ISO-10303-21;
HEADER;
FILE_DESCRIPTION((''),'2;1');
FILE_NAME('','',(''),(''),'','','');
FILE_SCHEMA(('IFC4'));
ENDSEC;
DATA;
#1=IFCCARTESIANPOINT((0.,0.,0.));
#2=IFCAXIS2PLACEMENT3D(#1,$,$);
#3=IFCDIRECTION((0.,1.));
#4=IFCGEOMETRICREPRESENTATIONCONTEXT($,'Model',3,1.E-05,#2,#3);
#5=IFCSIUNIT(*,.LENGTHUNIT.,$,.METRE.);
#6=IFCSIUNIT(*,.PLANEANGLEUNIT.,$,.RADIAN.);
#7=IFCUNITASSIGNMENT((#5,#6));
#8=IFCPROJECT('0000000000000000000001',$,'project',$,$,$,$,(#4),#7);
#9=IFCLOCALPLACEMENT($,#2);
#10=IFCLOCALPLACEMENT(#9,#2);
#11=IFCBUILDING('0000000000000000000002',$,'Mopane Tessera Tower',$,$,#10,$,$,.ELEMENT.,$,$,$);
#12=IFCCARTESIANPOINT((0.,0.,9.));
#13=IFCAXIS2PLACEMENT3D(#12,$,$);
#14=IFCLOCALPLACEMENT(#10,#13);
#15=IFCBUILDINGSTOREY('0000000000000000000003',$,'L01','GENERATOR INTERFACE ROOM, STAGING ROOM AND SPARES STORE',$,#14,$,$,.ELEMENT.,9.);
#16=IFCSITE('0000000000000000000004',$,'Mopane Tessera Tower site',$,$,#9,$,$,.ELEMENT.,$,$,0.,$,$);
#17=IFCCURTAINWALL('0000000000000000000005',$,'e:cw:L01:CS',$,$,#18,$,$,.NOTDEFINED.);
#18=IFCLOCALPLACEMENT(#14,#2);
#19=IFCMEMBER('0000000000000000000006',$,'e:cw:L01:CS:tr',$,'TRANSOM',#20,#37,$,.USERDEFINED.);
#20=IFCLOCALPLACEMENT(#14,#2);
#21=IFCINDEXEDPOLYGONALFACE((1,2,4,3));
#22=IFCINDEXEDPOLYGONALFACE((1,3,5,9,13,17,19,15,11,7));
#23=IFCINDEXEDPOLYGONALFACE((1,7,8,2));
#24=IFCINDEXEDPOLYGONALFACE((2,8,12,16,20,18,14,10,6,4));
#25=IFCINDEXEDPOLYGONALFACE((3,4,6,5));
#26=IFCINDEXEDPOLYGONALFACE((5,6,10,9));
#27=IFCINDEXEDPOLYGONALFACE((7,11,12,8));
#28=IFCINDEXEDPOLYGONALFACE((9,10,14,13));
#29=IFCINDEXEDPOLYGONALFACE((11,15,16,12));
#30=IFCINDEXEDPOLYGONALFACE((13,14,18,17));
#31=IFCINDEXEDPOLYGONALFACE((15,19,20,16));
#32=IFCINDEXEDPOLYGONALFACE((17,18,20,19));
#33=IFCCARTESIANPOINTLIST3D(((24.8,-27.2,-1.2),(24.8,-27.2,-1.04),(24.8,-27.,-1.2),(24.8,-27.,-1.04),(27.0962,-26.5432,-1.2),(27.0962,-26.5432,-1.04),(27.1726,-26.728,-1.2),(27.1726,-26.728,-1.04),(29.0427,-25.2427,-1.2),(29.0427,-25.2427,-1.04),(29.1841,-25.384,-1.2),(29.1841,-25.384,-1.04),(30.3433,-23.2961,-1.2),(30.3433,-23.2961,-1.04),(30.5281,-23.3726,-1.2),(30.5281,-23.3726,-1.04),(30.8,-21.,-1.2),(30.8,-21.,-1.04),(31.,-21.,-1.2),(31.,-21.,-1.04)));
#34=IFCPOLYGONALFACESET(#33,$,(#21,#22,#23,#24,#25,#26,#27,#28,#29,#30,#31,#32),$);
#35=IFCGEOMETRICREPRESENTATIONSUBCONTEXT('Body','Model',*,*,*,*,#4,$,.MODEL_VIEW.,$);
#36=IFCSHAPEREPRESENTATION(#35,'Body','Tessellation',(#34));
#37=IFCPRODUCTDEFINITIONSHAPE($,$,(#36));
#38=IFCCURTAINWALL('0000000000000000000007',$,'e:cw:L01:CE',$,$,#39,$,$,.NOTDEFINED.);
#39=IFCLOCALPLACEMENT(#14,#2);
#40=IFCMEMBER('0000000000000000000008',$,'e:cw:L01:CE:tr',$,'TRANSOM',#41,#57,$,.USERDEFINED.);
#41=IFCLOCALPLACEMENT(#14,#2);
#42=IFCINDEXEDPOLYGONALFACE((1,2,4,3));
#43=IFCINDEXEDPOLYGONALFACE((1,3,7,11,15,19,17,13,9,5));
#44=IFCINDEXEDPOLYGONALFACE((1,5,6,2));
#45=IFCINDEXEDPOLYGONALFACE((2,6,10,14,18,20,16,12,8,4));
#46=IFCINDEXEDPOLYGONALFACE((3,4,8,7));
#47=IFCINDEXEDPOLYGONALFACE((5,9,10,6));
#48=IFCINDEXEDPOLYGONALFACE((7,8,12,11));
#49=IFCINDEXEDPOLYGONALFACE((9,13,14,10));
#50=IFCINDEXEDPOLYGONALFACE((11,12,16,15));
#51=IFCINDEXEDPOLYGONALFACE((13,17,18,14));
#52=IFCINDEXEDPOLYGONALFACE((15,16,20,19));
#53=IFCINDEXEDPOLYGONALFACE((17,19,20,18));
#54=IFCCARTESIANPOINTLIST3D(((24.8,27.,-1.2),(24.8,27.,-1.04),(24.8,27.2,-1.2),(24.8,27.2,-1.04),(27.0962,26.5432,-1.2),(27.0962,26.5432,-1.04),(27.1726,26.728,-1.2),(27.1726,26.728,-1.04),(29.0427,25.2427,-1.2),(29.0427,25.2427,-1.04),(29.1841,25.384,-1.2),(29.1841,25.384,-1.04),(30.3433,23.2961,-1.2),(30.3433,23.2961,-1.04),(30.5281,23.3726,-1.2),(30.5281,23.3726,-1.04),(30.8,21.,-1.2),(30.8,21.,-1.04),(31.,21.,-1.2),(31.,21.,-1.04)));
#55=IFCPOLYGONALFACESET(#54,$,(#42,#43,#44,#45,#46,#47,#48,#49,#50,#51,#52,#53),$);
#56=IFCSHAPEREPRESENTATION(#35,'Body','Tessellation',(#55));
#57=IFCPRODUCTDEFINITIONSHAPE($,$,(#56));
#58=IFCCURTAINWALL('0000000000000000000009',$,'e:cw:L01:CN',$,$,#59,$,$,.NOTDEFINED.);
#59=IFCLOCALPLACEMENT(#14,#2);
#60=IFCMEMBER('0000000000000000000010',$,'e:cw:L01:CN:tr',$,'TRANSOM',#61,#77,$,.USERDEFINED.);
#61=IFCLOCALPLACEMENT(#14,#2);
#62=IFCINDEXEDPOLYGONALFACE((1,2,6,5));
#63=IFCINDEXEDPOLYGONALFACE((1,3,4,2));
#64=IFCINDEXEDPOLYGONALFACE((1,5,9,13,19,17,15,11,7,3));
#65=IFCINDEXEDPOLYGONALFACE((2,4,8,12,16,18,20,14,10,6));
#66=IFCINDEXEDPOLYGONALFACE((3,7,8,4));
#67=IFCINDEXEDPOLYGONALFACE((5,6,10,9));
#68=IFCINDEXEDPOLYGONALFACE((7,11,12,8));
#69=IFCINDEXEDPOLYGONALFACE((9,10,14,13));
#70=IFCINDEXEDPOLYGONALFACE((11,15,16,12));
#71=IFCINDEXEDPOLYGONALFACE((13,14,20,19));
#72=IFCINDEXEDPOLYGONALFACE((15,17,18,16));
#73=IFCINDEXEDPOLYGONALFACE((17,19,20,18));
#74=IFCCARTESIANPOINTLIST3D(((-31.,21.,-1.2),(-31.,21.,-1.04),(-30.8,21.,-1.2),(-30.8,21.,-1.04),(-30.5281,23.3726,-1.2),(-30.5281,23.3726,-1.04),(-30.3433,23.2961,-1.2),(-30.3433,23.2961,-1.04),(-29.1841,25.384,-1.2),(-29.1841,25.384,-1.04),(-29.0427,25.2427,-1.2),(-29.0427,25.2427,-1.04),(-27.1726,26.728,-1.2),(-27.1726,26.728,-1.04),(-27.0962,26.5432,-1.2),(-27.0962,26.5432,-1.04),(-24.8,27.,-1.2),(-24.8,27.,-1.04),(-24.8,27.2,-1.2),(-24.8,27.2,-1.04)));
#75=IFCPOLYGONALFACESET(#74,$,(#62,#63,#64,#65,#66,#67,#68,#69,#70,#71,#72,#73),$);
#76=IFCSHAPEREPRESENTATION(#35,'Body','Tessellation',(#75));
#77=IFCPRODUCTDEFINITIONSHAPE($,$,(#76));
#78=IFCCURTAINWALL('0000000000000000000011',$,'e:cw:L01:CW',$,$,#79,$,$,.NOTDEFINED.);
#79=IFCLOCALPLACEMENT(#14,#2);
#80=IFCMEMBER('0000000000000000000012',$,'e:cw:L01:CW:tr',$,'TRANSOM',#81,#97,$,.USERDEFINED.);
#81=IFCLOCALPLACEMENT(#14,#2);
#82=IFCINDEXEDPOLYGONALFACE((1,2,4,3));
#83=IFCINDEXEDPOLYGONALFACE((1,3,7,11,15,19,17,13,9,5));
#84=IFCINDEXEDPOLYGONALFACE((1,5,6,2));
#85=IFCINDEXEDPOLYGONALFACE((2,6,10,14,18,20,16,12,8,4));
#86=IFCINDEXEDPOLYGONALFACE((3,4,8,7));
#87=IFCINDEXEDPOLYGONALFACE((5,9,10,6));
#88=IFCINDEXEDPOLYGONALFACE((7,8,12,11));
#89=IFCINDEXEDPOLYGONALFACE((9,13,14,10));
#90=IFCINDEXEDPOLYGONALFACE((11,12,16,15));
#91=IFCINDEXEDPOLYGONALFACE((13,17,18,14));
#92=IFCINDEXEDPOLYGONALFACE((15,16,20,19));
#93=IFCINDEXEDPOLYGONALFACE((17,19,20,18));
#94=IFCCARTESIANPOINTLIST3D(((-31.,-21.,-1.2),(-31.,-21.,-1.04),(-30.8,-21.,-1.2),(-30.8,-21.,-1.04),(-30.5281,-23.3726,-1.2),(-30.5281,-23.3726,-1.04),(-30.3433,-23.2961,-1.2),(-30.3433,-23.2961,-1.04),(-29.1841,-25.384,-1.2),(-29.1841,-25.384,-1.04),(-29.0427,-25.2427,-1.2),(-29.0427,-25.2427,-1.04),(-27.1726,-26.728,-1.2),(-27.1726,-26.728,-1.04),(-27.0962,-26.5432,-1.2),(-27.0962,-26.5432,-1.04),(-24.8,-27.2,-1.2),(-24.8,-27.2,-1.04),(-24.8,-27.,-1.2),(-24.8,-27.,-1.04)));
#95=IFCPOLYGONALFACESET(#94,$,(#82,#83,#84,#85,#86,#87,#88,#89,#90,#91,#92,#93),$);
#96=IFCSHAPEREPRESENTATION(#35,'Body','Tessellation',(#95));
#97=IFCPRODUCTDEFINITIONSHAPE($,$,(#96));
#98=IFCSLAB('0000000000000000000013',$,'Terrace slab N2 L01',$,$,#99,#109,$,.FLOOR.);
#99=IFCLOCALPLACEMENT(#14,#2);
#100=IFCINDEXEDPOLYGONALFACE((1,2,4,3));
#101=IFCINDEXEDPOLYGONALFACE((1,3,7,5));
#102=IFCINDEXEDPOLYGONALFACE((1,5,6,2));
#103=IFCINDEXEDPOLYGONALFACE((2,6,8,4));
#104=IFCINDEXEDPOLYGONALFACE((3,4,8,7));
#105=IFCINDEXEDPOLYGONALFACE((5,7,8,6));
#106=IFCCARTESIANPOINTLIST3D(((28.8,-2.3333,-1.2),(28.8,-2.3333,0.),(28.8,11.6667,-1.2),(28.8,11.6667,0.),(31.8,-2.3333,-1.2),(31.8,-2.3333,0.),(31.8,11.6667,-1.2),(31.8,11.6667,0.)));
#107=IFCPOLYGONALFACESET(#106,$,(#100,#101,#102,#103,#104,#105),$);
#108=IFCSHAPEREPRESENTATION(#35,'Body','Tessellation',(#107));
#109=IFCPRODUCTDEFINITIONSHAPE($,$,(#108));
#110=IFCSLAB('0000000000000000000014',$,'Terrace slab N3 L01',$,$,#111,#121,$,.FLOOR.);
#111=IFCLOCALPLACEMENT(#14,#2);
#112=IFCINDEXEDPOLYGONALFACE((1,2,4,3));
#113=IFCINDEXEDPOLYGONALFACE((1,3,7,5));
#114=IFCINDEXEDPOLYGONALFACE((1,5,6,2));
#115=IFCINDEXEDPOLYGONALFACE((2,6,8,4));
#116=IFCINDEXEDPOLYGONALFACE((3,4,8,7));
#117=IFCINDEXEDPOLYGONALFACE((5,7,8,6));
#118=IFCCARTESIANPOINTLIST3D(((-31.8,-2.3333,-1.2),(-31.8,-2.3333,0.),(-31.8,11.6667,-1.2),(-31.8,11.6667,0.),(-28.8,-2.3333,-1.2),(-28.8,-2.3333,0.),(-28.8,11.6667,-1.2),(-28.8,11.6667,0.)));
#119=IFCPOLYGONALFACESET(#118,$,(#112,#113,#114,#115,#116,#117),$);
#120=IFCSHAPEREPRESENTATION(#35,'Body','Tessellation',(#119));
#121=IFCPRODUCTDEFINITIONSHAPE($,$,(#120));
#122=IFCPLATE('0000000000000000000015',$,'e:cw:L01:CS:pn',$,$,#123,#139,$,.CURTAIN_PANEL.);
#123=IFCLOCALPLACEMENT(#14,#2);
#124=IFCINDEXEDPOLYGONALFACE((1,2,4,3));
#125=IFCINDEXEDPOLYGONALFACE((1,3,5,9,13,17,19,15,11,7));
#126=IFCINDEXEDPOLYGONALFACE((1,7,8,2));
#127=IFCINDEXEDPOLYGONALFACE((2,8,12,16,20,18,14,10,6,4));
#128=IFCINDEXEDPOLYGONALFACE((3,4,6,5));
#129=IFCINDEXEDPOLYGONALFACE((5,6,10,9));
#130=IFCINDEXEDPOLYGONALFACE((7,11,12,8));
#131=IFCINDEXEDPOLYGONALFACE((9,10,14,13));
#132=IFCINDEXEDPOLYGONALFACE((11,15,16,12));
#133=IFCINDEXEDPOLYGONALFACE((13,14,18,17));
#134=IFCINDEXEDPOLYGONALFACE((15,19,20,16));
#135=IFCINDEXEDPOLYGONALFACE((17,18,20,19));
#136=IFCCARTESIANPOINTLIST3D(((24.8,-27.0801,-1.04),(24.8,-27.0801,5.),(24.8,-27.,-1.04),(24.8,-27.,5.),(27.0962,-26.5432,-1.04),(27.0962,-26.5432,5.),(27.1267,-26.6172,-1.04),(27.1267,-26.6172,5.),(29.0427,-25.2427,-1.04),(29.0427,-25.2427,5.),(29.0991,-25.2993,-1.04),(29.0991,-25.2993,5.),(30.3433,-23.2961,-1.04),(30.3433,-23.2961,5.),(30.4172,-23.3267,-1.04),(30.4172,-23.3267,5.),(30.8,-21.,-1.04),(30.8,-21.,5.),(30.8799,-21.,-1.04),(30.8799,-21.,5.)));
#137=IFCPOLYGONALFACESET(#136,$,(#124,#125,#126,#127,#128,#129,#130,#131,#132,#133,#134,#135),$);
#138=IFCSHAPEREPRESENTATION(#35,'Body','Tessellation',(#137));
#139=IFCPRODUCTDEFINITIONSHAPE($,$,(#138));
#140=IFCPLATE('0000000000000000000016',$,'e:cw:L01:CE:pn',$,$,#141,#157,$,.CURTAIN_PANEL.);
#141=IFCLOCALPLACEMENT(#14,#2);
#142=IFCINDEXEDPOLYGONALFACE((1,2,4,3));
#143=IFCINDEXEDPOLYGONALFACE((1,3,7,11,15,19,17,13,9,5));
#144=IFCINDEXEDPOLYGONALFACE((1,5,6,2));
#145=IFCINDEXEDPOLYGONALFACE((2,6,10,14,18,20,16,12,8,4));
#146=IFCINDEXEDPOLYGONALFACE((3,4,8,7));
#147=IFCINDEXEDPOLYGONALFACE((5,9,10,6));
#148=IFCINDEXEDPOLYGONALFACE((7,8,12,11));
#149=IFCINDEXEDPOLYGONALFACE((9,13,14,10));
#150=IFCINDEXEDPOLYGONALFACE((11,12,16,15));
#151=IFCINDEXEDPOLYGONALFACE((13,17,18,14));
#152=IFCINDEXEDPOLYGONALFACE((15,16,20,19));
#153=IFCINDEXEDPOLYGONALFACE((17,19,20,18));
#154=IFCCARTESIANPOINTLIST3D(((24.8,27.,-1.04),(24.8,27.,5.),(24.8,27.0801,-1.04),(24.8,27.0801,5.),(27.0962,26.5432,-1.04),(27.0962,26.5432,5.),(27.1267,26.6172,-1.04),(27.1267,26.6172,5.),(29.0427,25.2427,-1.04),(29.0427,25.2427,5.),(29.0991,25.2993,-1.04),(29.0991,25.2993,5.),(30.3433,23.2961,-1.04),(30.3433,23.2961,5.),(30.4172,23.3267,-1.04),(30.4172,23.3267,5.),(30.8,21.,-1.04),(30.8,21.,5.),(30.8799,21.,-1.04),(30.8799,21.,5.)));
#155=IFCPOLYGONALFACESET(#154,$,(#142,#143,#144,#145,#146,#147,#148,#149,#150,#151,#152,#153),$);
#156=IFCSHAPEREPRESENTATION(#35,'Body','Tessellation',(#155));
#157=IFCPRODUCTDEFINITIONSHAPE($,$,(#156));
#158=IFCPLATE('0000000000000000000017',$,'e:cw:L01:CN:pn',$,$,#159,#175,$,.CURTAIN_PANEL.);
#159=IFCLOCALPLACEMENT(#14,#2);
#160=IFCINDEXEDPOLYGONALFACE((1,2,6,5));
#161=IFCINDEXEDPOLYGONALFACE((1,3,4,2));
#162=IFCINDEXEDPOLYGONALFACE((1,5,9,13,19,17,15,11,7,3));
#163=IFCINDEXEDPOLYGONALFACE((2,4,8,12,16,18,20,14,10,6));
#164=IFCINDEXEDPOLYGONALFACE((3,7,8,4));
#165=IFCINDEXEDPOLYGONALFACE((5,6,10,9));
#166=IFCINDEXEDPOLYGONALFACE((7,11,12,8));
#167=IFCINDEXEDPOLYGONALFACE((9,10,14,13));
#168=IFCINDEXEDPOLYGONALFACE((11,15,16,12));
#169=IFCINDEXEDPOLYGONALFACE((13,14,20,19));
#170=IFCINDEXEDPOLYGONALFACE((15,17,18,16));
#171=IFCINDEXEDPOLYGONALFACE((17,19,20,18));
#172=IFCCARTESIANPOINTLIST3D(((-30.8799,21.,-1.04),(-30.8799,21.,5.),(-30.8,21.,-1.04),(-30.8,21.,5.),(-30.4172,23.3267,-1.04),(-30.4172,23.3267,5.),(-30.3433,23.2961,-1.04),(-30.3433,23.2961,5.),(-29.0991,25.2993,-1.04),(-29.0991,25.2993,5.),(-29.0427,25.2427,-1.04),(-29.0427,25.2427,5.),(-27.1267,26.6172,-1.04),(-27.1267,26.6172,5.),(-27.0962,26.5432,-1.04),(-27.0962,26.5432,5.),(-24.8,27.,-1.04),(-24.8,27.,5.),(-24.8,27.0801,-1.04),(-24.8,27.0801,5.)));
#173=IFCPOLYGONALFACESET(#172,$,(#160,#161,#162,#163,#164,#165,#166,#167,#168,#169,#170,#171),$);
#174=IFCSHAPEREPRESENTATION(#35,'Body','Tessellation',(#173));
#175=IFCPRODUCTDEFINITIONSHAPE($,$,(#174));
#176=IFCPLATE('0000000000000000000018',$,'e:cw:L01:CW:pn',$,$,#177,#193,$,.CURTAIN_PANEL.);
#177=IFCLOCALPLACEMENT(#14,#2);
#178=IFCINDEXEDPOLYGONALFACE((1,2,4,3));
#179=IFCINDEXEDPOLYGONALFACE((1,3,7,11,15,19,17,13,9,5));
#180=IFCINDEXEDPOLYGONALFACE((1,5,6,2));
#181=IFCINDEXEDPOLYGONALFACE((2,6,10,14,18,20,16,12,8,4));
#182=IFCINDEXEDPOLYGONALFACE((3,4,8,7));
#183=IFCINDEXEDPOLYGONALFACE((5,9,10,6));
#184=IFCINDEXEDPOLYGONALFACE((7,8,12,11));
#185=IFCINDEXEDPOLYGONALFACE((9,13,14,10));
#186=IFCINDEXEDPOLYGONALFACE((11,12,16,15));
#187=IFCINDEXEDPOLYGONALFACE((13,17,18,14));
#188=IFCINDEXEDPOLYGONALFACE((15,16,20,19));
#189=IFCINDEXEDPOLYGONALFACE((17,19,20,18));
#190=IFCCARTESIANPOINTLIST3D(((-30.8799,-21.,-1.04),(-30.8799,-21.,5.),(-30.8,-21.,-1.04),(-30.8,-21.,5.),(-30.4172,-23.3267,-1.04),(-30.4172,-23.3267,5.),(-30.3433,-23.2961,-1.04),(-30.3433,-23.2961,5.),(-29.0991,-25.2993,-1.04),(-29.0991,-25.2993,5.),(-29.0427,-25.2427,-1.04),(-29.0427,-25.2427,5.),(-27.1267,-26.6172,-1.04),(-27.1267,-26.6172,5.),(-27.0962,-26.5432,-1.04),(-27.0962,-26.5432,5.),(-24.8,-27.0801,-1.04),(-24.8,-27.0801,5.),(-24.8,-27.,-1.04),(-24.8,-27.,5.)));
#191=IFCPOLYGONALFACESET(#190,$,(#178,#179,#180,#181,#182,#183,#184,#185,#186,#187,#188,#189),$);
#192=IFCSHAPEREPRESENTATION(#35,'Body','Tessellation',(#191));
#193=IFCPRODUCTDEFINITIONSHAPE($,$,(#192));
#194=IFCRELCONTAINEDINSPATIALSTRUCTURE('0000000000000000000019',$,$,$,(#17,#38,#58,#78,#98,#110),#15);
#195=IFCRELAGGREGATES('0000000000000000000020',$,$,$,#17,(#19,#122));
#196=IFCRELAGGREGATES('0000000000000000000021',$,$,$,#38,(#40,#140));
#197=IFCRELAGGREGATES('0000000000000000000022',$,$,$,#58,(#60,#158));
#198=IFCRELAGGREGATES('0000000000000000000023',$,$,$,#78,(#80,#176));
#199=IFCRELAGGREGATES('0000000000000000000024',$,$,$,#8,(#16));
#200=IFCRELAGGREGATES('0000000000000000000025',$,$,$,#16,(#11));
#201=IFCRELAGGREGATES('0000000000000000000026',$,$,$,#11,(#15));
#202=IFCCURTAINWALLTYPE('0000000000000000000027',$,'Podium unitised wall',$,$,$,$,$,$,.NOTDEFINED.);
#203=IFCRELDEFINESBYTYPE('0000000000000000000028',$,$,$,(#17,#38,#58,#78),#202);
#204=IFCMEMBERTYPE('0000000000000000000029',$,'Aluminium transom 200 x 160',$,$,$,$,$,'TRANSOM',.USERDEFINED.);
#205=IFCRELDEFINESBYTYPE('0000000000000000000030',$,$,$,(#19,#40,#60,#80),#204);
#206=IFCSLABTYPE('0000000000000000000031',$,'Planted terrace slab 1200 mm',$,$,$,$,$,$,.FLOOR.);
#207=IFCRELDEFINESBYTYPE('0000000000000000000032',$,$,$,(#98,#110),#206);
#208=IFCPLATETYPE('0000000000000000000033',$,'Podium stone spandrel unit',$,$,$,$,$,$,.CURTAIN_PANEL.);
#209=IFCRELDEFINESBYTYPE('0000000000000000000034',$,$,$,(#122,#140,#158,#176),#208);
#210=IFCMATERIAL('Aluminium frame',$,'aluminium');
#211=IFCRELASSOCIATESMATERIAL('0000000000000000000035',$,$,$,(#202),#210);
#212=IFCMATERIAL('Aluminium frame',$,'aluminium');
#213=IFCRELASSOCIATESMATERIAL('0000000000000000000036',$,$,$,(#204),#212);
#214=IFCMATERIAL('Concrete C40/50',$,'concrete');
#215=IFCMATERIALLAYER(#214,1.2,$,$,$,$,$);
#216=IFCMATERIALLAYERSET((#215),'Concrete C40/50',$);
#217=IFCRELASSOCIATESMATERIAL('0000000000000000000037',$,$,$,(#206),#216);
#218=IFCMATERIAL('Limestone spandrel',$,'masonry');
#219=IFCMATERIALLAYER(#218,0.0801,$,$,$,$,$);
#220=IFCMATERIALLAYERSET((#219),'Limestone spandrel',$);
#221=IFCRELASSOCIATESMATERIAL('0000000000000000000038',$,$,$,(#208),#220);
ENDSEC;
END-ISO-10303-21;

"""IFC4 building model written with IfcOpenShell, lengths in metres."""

from ifc_helpers import new_model, si_unit, direction, frame, origin, origin_2d, place, context, subcontext, project, spatial, polyline, rectangle, outline, extrude, material, layer, layer_set, material_profile, profile_set, type_object, element, aggregate, save


model = new_model("IFC4")

# Units and contexts
model_context = context("Model", 3, precision=1e-05, world=origin(), true_north=direction((0.0, 1.0)))
body_context = subcontext(model_context, "Body", "Model", "MODEL_VIEW")
ifc_project = project(units=[si_unit("LENGTHUNIT", "METRE"), si_unit("PLANEANGLEUNIT", "RADIAN")], contexts=[model_context])

# Site, building, storey
site_placement = place(None, origin())
site = spatial("IfcSite", under=ifc_project, at=site_placement, Name="Mopane Tessera Tower site", CompositionType="ELEMENT", RefElevation=0.0)
building_placement = place(site_placement, origin())
building = spatial("IfcBuilding", under=site, at=building_placement, Name="Mopane Tessera Tower", CompositionType="ELEMENT")
storey_placement = place(building_placement, frame((0.0, 0.0, 9.0)))
storey = spatial("IfcBuildingStorey", under=building, at=storey_placement, Name="L01", Description="GENERATOR INTERFACE ROOM, STAGING ROOM AND SPARES STORE", CompositionType="ELEMENT", Elevation=9.0)

# Curtain walls, members
ifc_material_1 = material(Name="Aluminium frame", Category="aluminium")
curtain_wall_type = type_object("IfcCurtainWallType", Name="Podium unitised wall", PredefinedType="NOTDEFINED", material=ifc_material_1)
curtain_wall_1_placement = place(storey_placement, origin())
curtain_wall_1 = element("IfcCurtainWall", 1, at=curtain_wall_1_placement, inside=storey, type_object=curtain_wall_type, Name="e:cw:L01:CS", PredefinedType="NOTDEFINED")
ifc_material_2 = material(Name="Aluminium frame", Category="aluminium")
ifc_material_profile = material_profile(ifc_material_2, rectangle(XDim=0.2, YDim=0.1599, at=origin_2d()))
ifc_profile_set = profile_set([ifc_material_profile], Name="Aluminium frame")
member_type = type_object("IfcMemberType", Name="Aluminium transom 200 x 160", ElementType="TRANSOM", PredefinedType="USERDEFINED", material=ifc_profile_set)
member_1_placement = place(storey_placement, frame((0.0, 0.0, -1.2)))
member_1 = element("IfcMember", 2, at=member_1_placement, type_object=member_type, Name="e:cw:L01:CS:tr", ObjectType="TRANSOM", PredefinedType="USERDEFINED", context=body_context, shape_type="SweptSolid", body=[
    extrude(outline(polyline([(24.8, -27.0), (27.0962, -26.5432), (29.0427, -25.2427), (30.3433, -23.2961), (30.8, -21.0), (31.0, -21.0), (30.5281, -23.3726), (29.1841, -25.384), (27.1726, -26.728), (24.8, -27.2), (24.8, -27.0)])), origin(), (0.0, 0.0, 1.0), 0.1599),
])
curtain_wall_2_placement = place(storey_placement, origin())
curtain_wall_2 = element("IfcCurtainWall", 3, at=curtain_wall_2_placement, inside=storey, type_object=curtain_wall_type, Name="e:cw:L01:CE", PredefinedType="NOTDEFINED")
member_2_placement = place(storey_placement, frame((0.0, 0.0, -1.2)))
member_2 = element("IfcMember", 4, at=member_2_placement, type_object=member_type, Name="e:cw:L01:CE:tr", ObjectType="TRANSOM", PredefinedType="USERDEFINED", context=body_context, shape_type="SweptSolid", body=[
    extrude(outline(polyline([(30.8, 21.0), (30.3433, 23.2961), (29.0427, 25.2427), (27.0962, 26.5432), (24.8, 27.0), (24.8, 27.2), (27.1726, 26.728), (29.1841, 25.384), (30.5281, 23.3726), (31.0, 21.0), (30.8, 21.0)])), origin(), (0.0, 0.0, 1.0), 0.1599),
])
curtain_wall_3_placement = place(storey_placement, origin())
curtain_wall_3 = element("IfcCurtainWall", 5, at=curtain_wall_3_placement, inside=storey, type_object=curtain_wall_type, Name="e:cw:L01:CN", PredefinedType="NOTDEFINED")
member_3_placement = place(storey_placement, frame((0.0, 0.0, -1.2)))
member_3 = element("IfcMember", 6, at=member_3_placement, type_object=member_type, Name="e:cw:L01:CN:tr", ObjectType="TRANSOM", PredefinedType="USERDEFINED", context=body_context, shape_type="SweptSolid", body=[
    extrude(outline(polyline([(-24.8, 27.0), (-27.0962, 26.5432), (-29.0427, 25.2427), (-30.3433, 23.2961), (-30.8, 21.0), (-31.0, 21.0), (-30.5281, 23.3726), (-29.1841, 25.384), (-27.1726, 26.728), (-24.8, 27.2), (-24.8, 27.0)])), origin(), (0.0, 0.0, 1.0), 0.1599),
])
curtain_wall_4_placement = place(storey_placement, origin())
curtain_wall_4 = element("IfcCurtainWall", 7, at=curtain_wall_4_placement, inside=storey, type_object=curtain_wall_type, Name="e:cw:L01:CW", PredefinedType="NOTDEFINED")
member_4_placement = place(storey_placement, frame((0.0, 0.0, -1.2)))
member_4 = element("IfcMember", 8, at=member_4_placement, type_object=member_type, Name="e:cw:L01:CW:tr", ObjectType="TRANSOM", PredefinedType="USERDEFINED", context=body_context, shape_type="SweptSolid", body=[
    extrude(outline(polyline([(-30.8, -21.0), (-30.3433, -23.2961), (-29.0427, -25.2427), (-27.0962, -26.5432), (-24.8, -27.0), (-24.8, -27.2), (-27.1726, -26.728), (-29.1841, -25.384), (-30.5281, -23.3726), (-31.0, -21.0), (-30.8, -21.0)])), origin(), (0.0, 0.0, 1.0), 0.1599),
])

# Slabs
ifc_material_3 = material(Name="Concrete C40/50", Category="concrete")
ifc_layer_1 = layer(ifc_material_3, 1.2)
ifc_layer_set_1 = layer_set([ifc_layer_1], Name="Concrete C40/50")
slab_type = type_object("IfcSlabType", Name="Planted terrace slab 1200 mm", PredefinedType="FLOOR", material=ifc_layer_set_1)
slab_1_placement = place(storey_placement, frame((0.0, 0.0, -1.2)))
element("IfcSlab", 9, at=slab_1_placement, inside=storey, type_object=slab_type, Name="Terrace slab N2 L01", PredefinedType="FLOOR", context=body_context, shape_type="SweptSolid", body=[
    extrude(outline(polyline([(31.8, 11.6667), (28.8, 11.6667), (28.8, -2.3333), (31.8, -2.3333), (31.8, 11.6667)])), origin(), (0.0, 0.0, 1.0), 1.2),
])
slab_2_placement = place(storey_placement, frame((0.0, 0.0, -1.2)))
element("IfcSlab", 10, at=slab_2_placement, inside=storey, type_object=slab_type, Name="Terrace slab N3 L01", PredefinedType="FLOOR", context=body_context, shape_type="SweptSolid", body=[
    extrude(outline(polyline([(-31.8, -2.3333), (-28.8, -2.3333), (-28.8, 11.6667), (-31.8, 11.6667), (-31.8, -2.3333)])), origin(), (0.0, 0.0, 1.0), 1.2),
])

# Plates
ifc_material_4 = material(Name="Limestone spandrel", Category="masonry")
ifc_layer_2 = layer(ifc_material_4, 0.0801)
ifc_layer_set_2 = layer_set([ifc_layer_2], Name="Limestone spandrel")
plate_type = type_object("IfcPlateType", Name="Podium stone spandrel unit", PredefinedType="CURTAIN_PANEL", material=ifc_layer_set_2)
plate_1_placement = place(storey_placement, frame((0.0, 0.0, -1.04)))
plate_1 = element("IfcPlate", 11, at=plate_1_placement, type_object=plate_type, Name="e:cw:L01:CS:pn", PredefinedType="CURTAIN_PANEL", context=body_context, shape_type="SweptSolid", body=[
    extrude(outline(polyline([(24.8, -27.0), (27.0962, -26.5432), (29.0427, -25.2427), (30.3433, -23.2961), (30.8, -21.0), (30.8799, -21.0), (30.4172, -23.3267), (29.0991, -25.2993), (27.1267, -26.6172), (24.8, -27.0801), (24.8, -27.0)])), origin(), (0.0, 0.0, 1.0), 6.04),
])
aggregate(curtain_wall_1, [member_1, plate_1])
plate_2_placement = place(storey_placement, frame((0.0, 0.0, -1.04)))
plate_2 = element("IfcPlate", 12, at=plate_2_placement, type_object=plate_type, Name="e:cw:L01:CE:pn", PredefinedType="CURTAIN_PANEL", context=body_context, shape_type="SweptSolid", body=[
    extrude(outline(polyline([(30.8, 21.0), (30.3433, 23.2961), (29.0427, 25.2427), (27.0962, 26.5432), (24.8, 27.0), (24.8, 27.0801), (27.1267, 26.6172), (29.0991, 25.2993), (30.4172, 23.3267), (30.8799, 21.0), (30.8, 21.0)])), origin(), (0.0, 0.0, 1.0), 6.04),
])
aggregate(curtain_wall_2, [member_2, plate_2])
plate_3_placement = place(storey_placement, frame((0.0, 0.0, -1.04)))
plate_3 = element("IfcPlate", 13, at=plate_3_placement, type_object=plate_type, Name="e:cw:L01:CN:pn", PredefinedType="CURTAIN_PANEL", context=body_context, shape_type="SweptSolid", body=[
    extrude(outline(polyline([(-24.8, 27.0), (-27.0962, 26.5432), (-29.0427, 25.2427), (-30.3433, 23.2961), (-30.8, 21.0), (-30.8799, 21.0), (-30.4172, 23.3267), (-29.0991, 25.2993), (-27.1267, 26.6172), (-24.8, 27.0801), (-24.8, 27.0)])), origin(), (0.0, 0.0, 1.0), 6.04),
])
aggregate(curtain_wall_3, [member_3, plate_3])
plate_4_placement = place(storey_placement, frame((0.0, 0.0, -1.04)))
plate_4 = element("IfcPlate", 14, at=plate_4_placement, type_object=plate_type, Name="e:cw:L01:CW:pn", PredefinedType="CURTAIN_PANEL", context=body_context, shape_type="SweptSolid", body=[
    extrude(outline(polyline([(-30.8, -21.0), (-30.3433, -23.2961), (-29.0427, -25.2427), (-27.0962, -26.5432), (-24.8, -27.0), (-24.8, -27.0801), (-27.1267, -26.6172), (-29.0991, -25.2993), (-30.4172, -23.3267), (-30.8799, -21.0), (-30.8, -21.0)])), origin(), (0.0, 0.0, 1.0), 6.04),
])
aggregate(curtain_wall_4, [member_4, plate_4])

save(model, "model.ifc")
